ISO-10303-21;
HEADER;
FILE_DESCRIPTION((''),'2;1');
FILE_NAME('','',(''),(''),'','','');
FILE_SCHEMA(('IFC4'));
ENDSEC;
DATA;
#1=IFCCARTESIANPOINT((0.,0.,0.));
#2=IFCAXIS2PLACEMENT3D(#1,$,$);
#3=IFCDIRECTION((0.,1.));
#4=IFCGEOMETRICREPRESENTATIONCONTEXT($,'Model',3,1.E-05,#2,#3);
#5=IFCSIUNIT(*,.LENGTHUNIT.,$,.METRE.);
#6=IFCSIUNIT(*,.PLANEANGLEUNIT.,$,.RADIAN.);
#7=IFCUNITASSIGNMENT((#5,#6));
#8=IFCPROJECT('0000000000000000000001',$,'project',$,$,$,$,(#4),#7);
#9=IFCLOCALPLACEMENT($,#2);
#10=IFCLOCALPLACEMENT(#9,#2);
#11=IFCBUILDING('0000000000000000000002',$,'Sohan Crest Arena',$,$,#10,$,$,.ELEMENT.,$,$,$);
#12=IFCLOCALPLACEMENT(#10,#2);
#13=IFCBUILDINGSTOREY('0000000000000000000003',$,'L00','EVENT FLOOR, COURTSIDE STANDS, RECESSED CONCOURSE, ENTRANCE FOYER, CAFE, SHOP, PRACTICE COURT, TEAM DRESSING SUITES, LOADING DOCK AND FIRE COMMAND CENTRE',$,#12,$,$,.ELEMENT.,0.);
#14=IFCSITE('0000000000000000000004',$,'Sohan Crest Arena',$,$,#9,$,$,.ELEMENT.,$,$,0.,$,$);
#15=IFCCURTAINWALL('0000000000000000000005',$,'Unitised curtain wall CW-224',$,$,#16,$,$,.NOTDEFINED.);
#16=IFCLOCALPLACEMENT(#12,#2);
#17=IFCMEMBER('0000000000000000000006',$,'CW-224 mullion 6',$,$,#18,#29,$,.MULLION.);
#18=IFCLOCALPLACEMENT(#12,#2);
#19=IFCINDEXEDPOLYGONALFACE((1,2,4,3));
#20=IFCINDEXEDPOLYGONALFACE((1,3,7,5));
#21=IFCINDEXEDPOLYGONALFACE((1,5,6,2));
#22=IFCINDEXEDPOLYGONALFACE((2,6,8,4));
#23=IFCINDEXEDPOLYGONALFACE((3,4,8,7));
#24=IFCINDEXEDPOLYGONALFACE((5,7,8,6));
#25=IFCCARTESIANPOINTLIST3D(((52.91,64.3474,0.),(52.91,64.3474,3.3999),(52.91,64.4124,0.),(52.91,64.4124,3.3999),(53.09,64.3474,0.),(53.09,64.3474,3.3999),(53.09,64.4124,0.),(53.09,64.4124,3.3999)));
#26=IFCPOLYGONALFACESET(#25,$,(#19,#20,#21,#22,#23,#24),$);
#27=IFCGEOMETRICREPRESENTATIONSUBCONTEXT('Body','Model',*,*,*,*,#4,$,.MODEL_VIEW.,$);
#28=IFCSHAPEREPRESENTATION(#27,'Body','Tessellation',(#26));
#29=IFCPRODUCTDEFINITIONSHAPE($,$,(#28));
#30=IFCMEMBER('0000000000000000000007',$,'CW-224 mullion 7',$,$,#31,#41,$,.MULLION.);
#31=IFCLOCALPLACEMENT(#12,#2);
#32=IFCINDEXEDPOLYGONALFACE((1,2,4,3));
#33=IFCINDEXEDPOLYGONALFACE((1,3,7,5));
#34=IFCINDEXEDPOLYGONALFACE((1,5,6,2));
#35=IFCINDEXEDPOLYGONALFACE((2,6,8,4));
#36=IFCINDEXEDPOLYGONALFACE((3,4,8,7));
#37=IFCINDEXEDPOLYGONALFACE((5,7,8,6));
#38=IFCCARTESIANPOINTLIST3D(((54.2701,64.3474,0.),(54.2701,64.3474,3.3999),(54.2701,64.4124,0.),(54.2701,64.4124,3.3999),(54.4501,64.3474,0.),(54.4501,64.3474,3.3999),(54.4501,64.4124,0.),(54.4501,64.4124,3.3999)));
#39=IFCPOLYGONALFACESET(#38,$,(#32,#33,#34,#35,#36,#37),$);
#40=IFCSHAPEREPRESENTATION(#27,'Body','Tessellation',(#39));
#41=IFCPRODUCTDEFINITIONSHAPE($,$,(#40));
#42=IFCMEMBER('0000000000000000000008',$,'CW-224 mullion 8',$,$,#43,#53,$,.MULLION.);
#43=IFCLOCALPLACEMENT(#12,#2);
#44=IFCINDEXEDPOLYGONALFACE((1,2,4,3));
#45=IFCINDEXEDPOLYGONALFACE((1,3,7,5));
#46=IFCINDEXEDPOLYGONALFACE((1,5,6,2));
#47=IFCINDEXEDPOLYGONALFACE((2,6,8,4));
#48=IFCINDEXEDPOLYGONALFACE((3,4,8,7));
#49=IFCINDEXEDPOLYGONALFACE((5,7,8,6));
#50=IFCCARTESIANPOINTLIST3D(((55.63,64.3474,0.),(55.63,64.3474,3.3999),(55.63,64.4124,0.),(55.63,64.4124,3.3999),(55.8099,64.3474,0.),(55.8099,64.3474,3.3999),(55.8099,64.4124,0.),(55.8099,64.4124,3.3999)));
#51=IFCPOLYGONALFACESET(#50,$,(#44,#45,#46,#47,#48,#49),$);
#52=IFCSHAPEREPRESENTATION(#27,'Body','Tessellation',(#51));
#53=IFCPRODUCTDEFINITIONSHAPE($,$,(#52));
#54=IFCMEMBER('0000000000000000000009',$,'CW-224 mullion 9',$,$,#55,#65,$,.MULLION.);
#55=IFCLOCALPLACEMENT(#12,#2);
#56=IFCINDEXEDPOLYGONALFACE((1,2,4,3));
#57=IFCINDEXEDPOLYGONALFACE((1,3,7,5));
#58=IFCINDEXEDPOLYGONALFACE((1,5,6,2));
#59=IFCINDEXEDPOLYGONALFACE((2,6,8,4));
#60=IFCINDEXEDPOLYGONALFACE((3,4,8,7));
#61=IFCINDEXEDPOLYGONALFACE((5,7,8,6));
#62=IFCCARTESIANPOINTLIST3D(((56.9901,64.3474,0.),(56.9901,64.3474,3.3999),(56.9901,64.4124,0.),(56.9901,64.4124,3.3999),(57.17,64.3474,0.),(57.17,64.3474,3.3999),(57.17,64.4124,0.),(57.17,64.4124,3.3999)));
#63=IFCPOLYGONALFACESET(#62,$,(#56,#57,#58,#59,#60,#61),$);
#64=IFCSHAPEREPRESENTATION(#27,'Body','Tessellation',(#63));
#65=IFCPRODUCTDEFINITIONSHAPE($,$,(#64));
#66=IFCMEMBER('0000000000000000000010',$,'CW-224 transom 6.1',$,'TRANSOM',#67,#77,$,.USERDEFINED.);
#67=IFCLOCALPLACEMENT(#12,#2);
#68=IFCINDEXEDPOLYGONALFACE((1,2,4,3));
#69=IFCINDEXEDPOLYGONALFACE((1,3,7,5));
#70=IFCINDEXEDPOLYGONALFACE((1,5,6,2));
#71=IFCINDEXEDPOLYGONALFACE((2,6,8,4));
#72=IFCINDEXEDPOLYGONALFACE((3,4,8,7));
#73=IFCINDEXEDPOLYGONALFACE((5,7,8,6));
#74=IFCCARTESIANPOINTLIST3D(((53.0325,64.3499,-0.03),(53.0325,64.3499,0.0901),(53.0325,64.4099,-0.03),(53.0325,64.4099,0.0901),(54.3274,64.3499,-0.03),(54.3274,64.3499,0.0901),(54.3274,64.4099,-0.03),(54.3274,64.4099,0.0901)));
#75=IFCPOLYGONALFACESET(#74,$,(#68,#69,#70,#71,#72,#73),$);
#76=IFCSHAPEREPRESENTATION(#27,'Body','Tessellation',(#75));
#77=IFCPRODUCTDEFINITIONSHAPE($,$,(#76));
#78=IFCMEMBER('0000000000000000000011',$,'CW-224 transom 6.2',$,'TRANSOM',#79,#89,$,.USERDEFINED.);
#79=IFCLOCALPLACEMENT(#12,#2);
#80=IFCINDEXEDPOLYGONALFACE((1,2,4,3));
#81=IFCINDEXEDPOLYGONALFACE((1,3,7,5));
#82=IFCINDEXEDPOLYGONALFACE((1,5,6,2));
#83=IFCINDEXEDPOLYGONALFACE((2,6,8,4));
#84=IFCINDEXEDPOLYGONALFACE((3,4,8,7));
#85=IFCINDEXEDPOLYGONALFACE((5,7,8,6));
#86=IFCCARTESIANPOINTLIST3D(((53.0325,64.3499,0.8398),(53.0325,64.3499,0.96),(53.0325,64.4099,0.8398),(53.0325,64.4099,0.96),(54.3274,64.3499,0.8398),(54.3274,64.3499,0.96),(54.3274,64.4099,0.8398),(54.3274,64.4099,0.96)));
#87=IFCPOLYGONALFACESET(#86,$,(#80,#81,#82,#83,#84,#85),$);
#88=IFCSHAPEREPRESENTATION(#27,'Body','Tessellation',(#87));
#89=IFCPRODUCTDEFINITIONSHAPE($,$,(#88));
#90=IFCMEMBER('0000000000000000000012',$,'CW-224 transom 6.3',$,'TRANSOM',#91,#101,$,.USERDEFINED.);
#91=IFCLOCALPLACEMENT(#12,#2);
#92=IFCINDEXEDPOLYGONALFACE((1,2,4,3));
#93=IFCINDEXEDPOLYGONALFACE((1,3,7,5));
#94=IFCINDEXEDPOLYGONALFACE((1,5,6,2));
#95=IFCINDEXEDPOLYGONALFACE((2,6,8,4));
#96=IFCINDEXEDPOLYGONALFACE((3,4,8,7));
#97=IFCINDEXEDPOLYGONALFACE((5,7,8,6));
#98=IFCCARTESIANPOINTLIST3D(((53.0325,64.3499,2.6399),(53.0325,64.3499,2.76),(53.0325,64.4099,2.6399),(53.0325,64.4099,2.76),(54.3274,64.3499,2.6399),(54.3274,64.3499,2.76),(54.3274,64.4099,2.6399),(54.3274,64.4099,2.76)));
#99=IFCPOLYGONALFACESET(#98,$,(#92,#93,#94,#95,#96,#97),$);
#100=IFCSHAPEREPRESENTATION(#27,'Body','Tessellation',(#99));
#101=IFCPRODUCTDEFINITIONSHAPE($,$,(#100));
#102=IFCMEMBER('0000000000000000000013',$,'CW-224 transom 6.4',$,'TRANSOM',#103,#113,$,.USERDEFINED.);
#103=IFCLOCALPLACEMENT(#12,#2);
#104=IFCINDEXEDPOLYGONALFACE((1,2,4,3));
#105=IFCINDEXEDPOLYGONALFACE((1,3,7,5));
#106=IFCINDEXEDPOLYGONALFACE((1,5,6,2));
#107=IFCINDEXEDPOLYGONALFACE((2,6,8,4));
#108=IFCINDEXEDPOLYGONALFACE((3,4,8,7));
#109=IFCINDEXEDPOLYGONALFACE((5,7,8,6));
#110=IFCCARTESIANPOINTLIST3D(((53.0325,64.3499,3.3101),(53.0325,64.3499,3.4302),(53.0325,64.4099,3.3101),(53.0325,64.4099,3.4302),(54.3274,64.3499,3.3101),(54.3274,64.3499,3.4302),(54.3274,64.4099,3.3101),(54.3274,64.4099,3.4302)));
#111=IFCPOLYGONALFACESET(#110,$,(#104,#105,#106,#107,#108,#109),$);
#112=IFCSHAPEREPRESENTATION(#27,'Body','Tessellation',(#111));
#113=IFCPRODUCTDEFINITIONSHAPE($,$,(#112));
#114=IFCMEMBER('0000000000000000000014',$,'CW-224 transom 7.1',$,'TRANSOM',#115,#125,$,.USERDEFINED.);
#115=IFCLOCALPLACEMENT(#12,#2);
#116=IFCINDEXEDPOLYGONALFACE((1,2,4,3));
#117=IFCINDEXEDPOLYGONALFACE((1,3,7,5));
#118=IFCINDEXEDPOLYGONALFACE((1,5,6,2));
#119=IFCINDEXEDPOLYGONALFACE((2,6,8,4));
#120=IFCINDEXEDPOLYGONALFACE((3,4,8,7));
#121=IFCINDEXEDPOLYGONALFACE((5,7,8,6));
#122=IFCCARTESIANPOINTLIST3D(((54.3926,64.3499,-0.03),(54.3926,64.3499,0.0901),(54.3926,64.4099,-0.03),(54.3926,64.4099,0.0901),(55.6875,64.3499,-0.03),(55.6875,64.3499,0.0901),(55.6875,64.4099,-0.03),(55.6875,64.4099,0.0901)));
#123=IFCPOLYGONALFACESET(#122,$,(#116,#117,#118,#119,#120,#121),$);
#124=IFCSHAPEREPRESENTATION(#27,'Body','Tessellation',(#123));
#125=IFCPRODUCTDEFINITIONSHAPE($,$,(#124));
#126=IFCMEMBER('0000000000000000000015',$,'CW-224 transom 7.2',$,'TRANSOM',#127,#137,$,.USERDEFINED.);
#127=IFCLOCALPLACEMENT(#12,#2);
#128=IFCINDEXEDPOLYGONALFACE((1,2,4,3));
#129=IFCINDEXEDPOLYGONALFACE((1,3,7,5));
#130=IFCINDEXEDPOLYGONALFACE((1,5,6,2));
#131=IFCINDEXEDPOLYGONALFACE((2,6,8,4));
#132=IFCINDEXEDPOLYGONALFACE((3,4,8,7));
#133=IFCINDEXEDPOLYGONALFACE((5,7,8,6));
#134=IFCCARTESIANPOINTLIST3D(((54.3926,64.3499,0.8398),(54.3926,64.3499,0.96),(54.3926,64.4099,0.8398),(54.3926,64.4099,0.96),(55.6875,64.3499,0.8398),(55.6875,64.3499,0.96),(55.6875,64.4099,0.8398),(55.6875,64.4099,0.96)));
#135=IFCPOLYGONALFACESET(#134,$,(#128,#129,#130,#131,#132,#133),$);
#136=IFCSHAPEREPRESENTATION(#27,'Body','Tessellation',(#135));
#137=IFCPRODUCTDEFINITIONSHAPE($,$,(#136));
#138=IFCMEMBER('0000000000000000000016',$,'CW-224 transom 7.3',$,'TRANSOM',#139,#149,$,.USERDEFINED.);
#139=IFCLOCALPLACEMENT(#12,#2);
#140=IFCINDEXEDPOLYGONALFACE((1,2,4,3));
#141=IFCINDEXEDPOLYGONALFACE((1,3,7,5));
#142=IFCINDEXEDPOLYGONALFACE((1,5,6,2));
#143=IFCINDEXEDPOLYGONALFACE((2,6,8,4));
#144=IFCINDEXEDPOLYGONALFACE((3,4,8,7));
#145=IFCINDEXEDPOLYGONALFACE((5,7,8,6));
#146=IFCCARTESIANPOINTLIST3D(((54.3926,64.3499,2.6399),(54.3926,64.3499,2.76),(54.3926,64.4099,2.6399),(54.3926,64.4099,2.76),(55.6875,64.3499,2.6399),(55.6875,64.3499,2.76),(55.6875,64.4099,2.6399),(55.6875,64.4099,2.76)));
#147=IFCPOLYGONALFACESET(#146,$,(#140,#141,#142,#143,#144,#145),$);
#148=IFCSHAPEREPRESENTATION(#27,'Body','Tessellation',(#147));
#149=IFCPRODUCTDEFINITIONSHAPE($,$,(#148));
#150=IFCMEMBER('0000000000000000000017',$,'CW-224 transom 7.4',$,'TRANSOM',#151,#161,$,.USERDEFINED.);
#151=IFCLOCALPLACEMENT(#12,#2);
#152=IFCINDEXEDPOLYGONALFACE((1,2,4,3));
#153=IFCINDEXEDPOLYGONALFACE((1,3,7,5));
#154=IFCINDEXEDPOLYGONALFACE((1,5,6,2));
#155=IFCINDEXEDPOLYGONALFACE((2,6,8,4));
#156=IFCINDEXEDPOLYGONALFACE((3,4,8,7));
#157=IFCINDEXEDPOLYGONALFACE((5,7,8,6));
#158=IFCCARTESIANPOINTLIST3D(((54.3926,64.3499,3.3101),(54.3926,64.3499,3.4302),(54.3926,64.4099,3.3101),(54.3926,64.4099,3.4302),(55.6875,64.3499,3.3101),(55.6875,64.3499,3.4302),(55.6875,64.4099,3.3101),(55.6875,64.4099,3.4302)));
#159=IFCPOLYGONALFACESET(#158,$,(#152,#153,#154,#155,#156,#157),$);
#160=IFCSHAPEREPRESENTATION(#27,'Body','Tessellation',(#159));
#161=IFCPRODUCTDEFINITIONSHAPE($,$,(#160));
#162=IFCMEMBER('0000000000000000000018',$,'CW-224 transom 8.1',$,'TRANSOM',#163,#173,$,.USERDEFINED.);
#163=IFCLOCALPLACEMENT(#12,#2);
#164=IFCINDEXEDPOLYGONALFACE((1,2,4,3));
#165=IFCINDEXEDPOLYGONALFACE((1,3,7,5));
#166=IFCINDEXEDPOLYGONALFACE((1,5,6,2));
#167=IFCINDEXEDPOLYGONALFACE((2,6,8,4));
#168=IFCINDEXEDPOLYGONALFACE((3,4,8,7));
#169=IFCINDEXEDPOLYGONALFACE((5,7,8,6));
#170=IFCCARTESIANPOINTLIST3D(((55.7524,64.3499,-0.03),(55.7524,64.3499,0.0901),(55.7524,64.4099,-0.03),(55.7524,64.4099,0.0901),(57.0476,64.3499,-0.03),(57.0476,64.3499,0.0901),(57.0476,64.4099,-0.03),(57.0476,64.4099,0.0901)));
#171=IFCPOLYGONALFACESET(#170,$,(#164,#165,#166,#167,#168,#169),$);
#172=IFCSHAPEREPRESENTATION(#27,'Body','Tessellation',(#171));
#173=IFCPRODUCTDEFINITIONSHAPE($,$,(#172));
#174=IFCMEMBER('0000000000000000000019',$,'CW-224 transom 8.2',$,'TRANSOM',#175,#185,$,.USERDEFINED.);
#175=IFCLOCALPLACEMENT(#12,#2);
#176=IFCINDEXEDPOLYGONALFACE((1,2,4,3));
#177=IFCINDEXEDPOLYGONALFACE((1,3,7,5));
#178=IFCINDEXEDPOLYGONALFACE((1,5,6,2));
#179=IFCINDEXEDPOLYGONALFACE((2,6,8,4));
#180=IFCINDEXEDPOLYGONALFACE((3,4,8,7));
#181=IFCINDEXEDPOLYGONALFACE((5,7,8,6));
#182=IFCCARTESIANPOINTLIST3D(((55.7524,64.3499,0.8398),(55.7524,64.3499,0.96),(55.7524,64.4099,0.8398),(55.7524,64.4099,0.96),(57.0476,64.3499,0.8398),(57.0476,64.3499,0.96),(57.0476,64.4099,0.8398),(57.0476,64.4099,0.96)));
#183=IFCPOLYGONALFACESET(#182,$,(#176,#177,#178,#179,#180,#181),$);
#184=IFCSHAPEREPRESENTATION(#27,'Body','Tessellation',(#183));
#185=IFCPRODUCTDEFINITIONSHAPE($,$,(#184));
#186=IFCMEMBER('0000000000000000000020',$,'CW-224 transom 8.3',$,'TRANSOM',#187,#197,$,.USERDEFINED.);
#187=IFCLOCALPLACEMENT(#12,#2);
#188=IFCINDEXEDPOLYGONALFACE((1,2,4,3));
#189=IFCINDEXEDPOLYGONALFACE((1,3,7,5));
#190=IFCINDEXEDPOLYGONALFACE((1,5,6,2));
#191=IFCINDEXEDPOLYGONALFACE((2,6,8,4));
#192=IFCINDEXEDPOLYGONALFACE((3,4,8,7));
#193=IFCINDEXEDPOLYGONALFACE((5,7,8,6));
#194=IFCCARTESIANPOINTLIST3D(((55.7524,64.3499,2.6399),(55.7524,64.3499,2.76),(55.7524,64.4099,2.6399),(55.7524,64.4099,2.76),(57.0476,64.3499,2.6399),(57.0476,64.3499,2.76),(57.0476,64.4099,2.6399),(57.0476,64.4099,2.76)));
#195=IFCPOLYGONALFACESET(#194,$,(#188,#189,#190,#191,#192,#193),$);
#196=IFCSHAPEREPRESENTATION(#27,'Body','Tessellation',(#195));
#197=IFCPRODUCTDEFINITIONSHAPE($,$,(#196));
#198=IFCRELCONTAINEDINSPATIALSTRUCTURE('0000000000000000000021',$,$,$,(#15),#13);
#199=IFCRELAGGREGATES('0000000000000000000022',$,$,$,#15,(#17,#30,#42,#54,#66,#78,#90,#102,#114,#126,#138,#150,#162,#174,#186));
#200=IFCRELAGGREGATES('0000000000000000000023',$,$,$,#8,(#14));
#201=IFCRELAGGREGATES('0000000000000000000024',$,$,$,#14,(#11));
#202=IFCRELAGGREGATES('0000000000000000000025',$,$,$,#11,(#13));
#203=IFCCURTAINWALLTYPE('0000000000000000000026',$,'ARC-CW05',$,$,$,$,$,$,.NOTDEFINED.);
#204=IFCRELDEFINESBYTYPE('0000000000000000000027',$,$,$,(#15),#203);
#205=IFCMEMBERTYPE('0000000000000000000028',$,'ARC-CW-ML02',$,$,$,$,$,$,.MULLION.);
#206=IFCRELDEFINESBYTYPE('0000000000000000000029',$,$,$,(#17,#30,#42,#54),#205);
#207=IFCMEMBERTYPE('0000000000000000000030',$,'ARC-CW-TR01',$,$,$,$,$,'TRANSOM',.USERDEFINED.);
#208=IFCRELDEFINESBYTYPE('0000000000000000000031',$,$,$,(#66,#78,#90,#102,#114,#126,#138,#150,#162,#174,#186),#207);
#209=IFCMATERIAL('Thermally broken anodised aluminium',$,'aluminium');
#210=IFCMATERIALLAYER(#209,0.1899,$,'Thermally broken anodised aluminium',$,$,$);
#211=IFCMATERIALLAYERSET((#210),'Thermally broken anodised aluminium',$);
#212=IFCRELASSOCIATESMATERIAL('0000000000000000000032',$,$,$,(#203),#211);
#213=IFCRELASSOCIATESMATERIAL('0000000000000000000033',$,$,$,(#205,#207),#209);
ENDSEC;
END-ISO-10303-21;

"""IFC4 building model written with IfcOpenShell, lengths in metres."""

from ifc_helpers import new_model, si_unit, direction, frame, origin, origin_2d, place, context, subcontext, project, spatial, rectangle, extrude, material, layer, layer_set, material_profile, profile_set, type_object, element, aggregate, save


model = new_model("IFC4")

# Units and contexts
model_context = context("Model", 3, precision=1e-05, world=origin(), true_north=direction((0.0, 1.0)))
body_context = subcontext(model_context, "Body", "Model", "MODEL_VIEW")
ifc_project = project(units=[si_unit("LENGTHUNIT", "METRE"), si_unit("PLANEANGLEUNIT", "RADIAN")], contexts=[model_context])

# Site, building, storey
site_placement = place(None, origin())
site = spatial("IfcSite", under=ifc_project, at=site_placement, Name="Sohan Crest Arena", CompositionType="ELEMENT", RefElevation=0.0)
building_placement = place(site_placement, origin())
building = spatial("IfcBuilding", under=site, at=building_placement, Name="Sohan Crest Arena", CompositionType="ELEMENT")
storey_placement = place(building_placement, origin())
storey = spatial("IfcBuildingStorey", under=building, at=storey_placement, Name="L00", Description="EVENT FLOOR, COURTSIDE STANDS, RECESSED CONCOURSE, ENTRANCE FOYER, CAFE, SHOP, PRACTICE COURT, TEAM DRESSING SUITES, LOADING DOCK AND FIRE COMMAND CENTRE", CompositionType="ELEMENT", Elevation=0.0)

# Curtain wall, members
ifc_material_1 = material(Name="Thermally broken anodised aluminium", Category="aluminium")
ifc_layer_1 = layer(ifc_material_1, 0.1899, Name="Thermally broken anodised aluminium")
ifc_layer_set_1 = layer_set([ifc_layer_1], Name="Thermally broken anodised aluminium")
curtain_wall_type = type_object("IfcCurtainWallType", Name="ARC-CW05", PredefinedType="NOTDEFINED", material=ifc_layer_set_1)
curtain_wall_placement = place(storey_placement, origin())
curtain_wall = element("IfcCurtainWall", 1, at=curtain_wall_placement, inside=storey, type_object=curtain_wall_type, Name="Unitised curtain wall CW-224", PredefinedType="NOTDEFINED")
ifc_material_profile_1 = material_profile(ifc_material_1, rectangle(XDim=0.0649, YDim=0.1799, at=origin_2d()), Name="ALU-MULL 65x180")
ifc_profile_set_1 = profile_set([ifc_material_profile_1], Name="Thermally broken anodised aluminium")
member_type_1 = type_object("IfcMemberType", Name="ARC-CW-ML02", PredefinedType="MULLION", material=ifc_profile_set_1)
member_1_placement = place(storey_placement, frame((53.0, 64.3799, 0.0), z_axis=(0.0, 0.0, 1.0), x_axis=(0.0, 1.0, 0.0)))
member_1 = element("IfcMember", 2, at=member_1_placement, type_object=member_type_1, Name="CW-224 mullion 6", PredefinedType="MULLION", context=body_context, shape_type="SweptSolid", body=[
    extrude(rectangle(XDim=0.0649, YDim=0.1799, at=origin_2d()), origin(), (0.0, 0.0, 1.0), 3.3999),
])
member_2_placement = place(storey_placement, frame((54.3601, 64.3799, 0.0), z_axis=(0.0, 0.0, 1.0), x_axis=(0.0, 1.0, 0.0)))
member_2 = element("IfcMember", 3, at=member_2_placement, type_object=member_type_1, Name="CW-224 mullion 7", PredefinedType="MULLION", context=body_context, shape_type="SweptSolid", body=[
    extrude(rectangle(XDim=0.0649, YDim=0.1799, at=origin_2d()), origin(), (0.0, 0.0, 1.0), 3.3999),
])
member_3_placement = place(storey_placement, frame((55.72, 64.3799, 0.0), z_axis=(0.0, 0.0, 1.0), x_axis=(0.0, 1.0, 0.0)))
member_3 = element("IfcMember", 4, at=member_3_placement, type_object=member_type_1, Name="CW-224 mullion 8", PredefinedType="MULLION", context=body_context, shape_type="SweptSolid", body=[
    extrude(rectangle(XDim=0.0649, YDim=0.1799, at=origin_2d()), origin(), (0.0, 0.0, 1.0), 3.3999),
])
member_4_placement = place(storey_placement, frame((57.0801, 64.3799, 0.0), z_axis=(0.0, 0.0, 1.0), x_axis=(0.0, 1.0, 0.0)))
member_4 = element("IfcMember", 5, at=member_4_placement, type_object=member_type_1, Name="CW-224 mullion 9", PredefinedType="MULLION", context=body_context, shape_type="SweptSolid", body=[
    extrude(rectangle(XDim=0.0649, YDim=0.1799, at=origin_2d()), origin(), (0.0, 0.0, 1.0), 3.3999),
])
ifc_material_profile_2 = material_profile(ifc_material_1, rectangle(XDim=0.0601, YDim=0.1201, at=origin_2d()), Name="ALU-TRAN 60x120")
ifc_profile_set_2 = profile_set([ifc_material_profile_2], Name="Thermally broken anodised aluminium")
member_type_2 = type_object("IfcMemberType", Name="ARC-CW-TR01", ElementType="TRANSOM", PredefinedType="USERDEFINED", material=ifc_profile_set_2)
member_5_placement = place(storey_placement, frame((53.0325, 64.3799, 0.03), z_axis=(1.0, 0.0, 0.0), x_axis=(0.0, 1.0, 0.0)))
member_5 = element("IfcMember", 6, at=member_5_placement, type_object=member_type_2, Name="CW-224 transom 6.1", ObjectType="TRANSOM", PredefinedType="USERDEFINED", context=body_context, shape_type="SweptSolid", body=[
    extrude(rectangle(XDim=0.0601, YDim=0.1201, at=origin_2d()), origin(), (0.0, 0.0, 1.0), 1.2949),
])
member_6_placement = place(storey_placement, frame((53.0325, 64.3799, 0.8999), z_axis=(1.0, 0.0, 0.0), x_axis=(0.0, 1.0, 0.0)))
member_6 = element("IfcMember", 7, at=member_6_placement, type_object=member_type_2, Name="CW-224 transom 6.2", ObjectType="TRANSOM", PredefinedType="USERDEFINED", context=body_context, shape_type="SweptSolid", body=[
    extrude(rectangle(XDim=0.0601, YDim=0.1201, at=origin_2d()), origin(), (0.0, 0.0, 1.0), 1.2949),
])
member_7_placement = place(storey_placement, frame((53.0325, 64.3799, 2.7), z_axis=(1.0, 0.0, 0.0), x_axis=(0.0, 1.0, 0.0)))
member_7 = element("IfcMember", 8, at=member_7_placement, type_object=member_type_2, Name="CW-224 transom 6.3", ObjectType="TRANSOM", PredefinedType="USERDEFINED", context=body_context, shape_type="SweptSolid", body=[
    extrude(rectangle(XDim=0.0601, YDim=0.1201, at=origin_2d()), origin(), (0.0, 0.0, 1.0), 1.2949),
])
member_8_placement = place(storey_placement, frame((53.0325, 64.3799, 3.3701), z_axis=(1.0, 0.0, 0.0), x_axis=(0.0, 1.0, 0.0)))
member_8 = element("IfcMember", 9, at=member_8_placement, type_object=member_type_2, Name="CW-224 transom 6.4", ObjectType="TRANSOM", PredefinedType="USERDEFINED", context=body_context, shape_type="SweptSolid", body=[
    extrude(rectangle(XDim=0.0601, YDim=0.1201, at=origin_2d()), origin(), (0.0, 0.0, 1.0), 1.2949),
])
member_9_placement = place(storey_placement, frame((54.3926, 64.3799, 0.03), z_axis=(1.0, 0.0, 0.0), x_axis=(0.0, 1.0, 0.0)))
member_9 = element("IfcMember", 10, at=member_9_placement, type_object=member_type_2, Name="CW-224 transom 7.1", ObjectType="TRANSOM", PredefinedType="USERDEFINED", context=body_context, shape_type="SweptSolid", body=[
    extrude(rectangle(XDim=0.0601, YDim=0.1201, at=origin_2d()), origin(), (0.0, 0.0, 1.0), 1.2949),
])
member_10_placement = place(storey_placement, frame((54.3926, 64.3799, 0.8999), z_axis=(1.0, 0.0, 0.0), x_axis=(0.0, 1.0, 0.0)))
member_10 = element("IfcMember", 11, at=member_10_placement, type_object=member_type_2, Name="CW-224 transom 7.2", ObjectType="TRANSOM", PredefinedType="USERDEFINED", context=body_context, shape_type="SweptSolid", body=[
    extrude(rectangle(XDim=0.0601, YDim=0.1201, at=origin_2d()), origin(), (0.0, 0.0, 1.0), 1.2949),
])
member_11_placement = place(storey_placement, frame((54.3926, 64.3799, 2.7), z_axis=(1.0, 0.0, 0.0), x_axis=(0.0, 1.0, 0.0)))
member_11 = element("IfcMember", 12, at=member_11_placement, type_object=member_type_2, Name="CW-224 transom 7.3", ObjectType="TRANSOM", PredefinedType="USERDEFINED", context=body_context, shape_type="SweptSolid", body=[
    extrude(rectangle(XDim=0.0601, YDim=0.1201, at=origin_2d()), origin(), (0.0, 0.0, 1.0), 1.2949),
])
member_12_placement = place(storey_placement, frame((54.3926, 64.3799, 3.3701), z_axis=(1.0, 0.0, 0.0), x_axis=(0.0, 1.0, 0.0)))
member_12 = element("IfcMember", 13, at=member_12_placement, type_object=member_type_2, Name="CW-224 transom 7.4", ObjectType="TRANSOM", PredefinedType="USERDEFINED", context=body_context, shape_type="SweptSolid", body=[
    extrude(rectangle(XDim=0.0601, YDim=0.1201, at=origin_2d()), origin(), (0.0, 0.0, 1.0), 1.2949),
])
member_13_placement = place(storey_placement, frame((55.7524, 64.3799, 0.03), z_axis=(1.0, 0.0, 0.0), x_axis=(0.0, 1.0, 0.0)))
member_13 = element("IfcMember", 14, at=member_13_placement, type_object=member_type_2, Name="CW-224 transom 8.1", ObjectType="TRANSOM", PredefinedType="USERDEFINED", context=body_context, shape_type="SweptSolid", body=[
    extrude(rectangle(XDim=0.0601, YDim=0.1201, at=origin_2d()), origin(), (0.0, 0.0, 1.0), 1.2952),
])
member_14_placement = place(storey_placement, frame((55.7524, 64.3799, 0.8999), z_axis=(1.0, 0.0, 0.0), x_axis=(0.0, 1.0, 0.0)))
member_14 = element("IfcMember", 15, at=member_14_placement, type_object=member_type_2, Name="CW-224 transom 8.2", ObjectType="TRANSOM", PredefinedType="USERDEFINED", context=body_context, shape_type="SweptSolid", body=[
    extrude(rectangle(XDim=0.0601, YDim=0.1201, at=origin_2d()), origin(), (0.0, 0.0, 1.0), 1.2952),
])
member_15_placement = place(storey_placement, frame((55.7524, 64.3799, 2.7), z_axis=(1.0, 0.0, 0.0), x_axis=(0.0, 1.0, 0.0)))
member_15 = element("IfcMember", 16, at=member_15_placement, type_object=member_type_2, Name="CW-224 transom 8.3", ObjectType="TRANSOM", PredefinedType="USERDEFINED", context=body_context, shape_type="SweptSolid", body=[
    extrude(rectangle(XDim=0.0601, YDim=0.1201, at=origin_2d()), origin(), (0.0, 0.0, 1.0), 1.2952),
])
aggregate(curtain_wall, [member_1, member_2, member_3, member_4, member_5, member_6, member_7, member_8, member_9, member_10, member_11, member_12, member_13, member_14, member_15])

save(model, "model.ifc")
